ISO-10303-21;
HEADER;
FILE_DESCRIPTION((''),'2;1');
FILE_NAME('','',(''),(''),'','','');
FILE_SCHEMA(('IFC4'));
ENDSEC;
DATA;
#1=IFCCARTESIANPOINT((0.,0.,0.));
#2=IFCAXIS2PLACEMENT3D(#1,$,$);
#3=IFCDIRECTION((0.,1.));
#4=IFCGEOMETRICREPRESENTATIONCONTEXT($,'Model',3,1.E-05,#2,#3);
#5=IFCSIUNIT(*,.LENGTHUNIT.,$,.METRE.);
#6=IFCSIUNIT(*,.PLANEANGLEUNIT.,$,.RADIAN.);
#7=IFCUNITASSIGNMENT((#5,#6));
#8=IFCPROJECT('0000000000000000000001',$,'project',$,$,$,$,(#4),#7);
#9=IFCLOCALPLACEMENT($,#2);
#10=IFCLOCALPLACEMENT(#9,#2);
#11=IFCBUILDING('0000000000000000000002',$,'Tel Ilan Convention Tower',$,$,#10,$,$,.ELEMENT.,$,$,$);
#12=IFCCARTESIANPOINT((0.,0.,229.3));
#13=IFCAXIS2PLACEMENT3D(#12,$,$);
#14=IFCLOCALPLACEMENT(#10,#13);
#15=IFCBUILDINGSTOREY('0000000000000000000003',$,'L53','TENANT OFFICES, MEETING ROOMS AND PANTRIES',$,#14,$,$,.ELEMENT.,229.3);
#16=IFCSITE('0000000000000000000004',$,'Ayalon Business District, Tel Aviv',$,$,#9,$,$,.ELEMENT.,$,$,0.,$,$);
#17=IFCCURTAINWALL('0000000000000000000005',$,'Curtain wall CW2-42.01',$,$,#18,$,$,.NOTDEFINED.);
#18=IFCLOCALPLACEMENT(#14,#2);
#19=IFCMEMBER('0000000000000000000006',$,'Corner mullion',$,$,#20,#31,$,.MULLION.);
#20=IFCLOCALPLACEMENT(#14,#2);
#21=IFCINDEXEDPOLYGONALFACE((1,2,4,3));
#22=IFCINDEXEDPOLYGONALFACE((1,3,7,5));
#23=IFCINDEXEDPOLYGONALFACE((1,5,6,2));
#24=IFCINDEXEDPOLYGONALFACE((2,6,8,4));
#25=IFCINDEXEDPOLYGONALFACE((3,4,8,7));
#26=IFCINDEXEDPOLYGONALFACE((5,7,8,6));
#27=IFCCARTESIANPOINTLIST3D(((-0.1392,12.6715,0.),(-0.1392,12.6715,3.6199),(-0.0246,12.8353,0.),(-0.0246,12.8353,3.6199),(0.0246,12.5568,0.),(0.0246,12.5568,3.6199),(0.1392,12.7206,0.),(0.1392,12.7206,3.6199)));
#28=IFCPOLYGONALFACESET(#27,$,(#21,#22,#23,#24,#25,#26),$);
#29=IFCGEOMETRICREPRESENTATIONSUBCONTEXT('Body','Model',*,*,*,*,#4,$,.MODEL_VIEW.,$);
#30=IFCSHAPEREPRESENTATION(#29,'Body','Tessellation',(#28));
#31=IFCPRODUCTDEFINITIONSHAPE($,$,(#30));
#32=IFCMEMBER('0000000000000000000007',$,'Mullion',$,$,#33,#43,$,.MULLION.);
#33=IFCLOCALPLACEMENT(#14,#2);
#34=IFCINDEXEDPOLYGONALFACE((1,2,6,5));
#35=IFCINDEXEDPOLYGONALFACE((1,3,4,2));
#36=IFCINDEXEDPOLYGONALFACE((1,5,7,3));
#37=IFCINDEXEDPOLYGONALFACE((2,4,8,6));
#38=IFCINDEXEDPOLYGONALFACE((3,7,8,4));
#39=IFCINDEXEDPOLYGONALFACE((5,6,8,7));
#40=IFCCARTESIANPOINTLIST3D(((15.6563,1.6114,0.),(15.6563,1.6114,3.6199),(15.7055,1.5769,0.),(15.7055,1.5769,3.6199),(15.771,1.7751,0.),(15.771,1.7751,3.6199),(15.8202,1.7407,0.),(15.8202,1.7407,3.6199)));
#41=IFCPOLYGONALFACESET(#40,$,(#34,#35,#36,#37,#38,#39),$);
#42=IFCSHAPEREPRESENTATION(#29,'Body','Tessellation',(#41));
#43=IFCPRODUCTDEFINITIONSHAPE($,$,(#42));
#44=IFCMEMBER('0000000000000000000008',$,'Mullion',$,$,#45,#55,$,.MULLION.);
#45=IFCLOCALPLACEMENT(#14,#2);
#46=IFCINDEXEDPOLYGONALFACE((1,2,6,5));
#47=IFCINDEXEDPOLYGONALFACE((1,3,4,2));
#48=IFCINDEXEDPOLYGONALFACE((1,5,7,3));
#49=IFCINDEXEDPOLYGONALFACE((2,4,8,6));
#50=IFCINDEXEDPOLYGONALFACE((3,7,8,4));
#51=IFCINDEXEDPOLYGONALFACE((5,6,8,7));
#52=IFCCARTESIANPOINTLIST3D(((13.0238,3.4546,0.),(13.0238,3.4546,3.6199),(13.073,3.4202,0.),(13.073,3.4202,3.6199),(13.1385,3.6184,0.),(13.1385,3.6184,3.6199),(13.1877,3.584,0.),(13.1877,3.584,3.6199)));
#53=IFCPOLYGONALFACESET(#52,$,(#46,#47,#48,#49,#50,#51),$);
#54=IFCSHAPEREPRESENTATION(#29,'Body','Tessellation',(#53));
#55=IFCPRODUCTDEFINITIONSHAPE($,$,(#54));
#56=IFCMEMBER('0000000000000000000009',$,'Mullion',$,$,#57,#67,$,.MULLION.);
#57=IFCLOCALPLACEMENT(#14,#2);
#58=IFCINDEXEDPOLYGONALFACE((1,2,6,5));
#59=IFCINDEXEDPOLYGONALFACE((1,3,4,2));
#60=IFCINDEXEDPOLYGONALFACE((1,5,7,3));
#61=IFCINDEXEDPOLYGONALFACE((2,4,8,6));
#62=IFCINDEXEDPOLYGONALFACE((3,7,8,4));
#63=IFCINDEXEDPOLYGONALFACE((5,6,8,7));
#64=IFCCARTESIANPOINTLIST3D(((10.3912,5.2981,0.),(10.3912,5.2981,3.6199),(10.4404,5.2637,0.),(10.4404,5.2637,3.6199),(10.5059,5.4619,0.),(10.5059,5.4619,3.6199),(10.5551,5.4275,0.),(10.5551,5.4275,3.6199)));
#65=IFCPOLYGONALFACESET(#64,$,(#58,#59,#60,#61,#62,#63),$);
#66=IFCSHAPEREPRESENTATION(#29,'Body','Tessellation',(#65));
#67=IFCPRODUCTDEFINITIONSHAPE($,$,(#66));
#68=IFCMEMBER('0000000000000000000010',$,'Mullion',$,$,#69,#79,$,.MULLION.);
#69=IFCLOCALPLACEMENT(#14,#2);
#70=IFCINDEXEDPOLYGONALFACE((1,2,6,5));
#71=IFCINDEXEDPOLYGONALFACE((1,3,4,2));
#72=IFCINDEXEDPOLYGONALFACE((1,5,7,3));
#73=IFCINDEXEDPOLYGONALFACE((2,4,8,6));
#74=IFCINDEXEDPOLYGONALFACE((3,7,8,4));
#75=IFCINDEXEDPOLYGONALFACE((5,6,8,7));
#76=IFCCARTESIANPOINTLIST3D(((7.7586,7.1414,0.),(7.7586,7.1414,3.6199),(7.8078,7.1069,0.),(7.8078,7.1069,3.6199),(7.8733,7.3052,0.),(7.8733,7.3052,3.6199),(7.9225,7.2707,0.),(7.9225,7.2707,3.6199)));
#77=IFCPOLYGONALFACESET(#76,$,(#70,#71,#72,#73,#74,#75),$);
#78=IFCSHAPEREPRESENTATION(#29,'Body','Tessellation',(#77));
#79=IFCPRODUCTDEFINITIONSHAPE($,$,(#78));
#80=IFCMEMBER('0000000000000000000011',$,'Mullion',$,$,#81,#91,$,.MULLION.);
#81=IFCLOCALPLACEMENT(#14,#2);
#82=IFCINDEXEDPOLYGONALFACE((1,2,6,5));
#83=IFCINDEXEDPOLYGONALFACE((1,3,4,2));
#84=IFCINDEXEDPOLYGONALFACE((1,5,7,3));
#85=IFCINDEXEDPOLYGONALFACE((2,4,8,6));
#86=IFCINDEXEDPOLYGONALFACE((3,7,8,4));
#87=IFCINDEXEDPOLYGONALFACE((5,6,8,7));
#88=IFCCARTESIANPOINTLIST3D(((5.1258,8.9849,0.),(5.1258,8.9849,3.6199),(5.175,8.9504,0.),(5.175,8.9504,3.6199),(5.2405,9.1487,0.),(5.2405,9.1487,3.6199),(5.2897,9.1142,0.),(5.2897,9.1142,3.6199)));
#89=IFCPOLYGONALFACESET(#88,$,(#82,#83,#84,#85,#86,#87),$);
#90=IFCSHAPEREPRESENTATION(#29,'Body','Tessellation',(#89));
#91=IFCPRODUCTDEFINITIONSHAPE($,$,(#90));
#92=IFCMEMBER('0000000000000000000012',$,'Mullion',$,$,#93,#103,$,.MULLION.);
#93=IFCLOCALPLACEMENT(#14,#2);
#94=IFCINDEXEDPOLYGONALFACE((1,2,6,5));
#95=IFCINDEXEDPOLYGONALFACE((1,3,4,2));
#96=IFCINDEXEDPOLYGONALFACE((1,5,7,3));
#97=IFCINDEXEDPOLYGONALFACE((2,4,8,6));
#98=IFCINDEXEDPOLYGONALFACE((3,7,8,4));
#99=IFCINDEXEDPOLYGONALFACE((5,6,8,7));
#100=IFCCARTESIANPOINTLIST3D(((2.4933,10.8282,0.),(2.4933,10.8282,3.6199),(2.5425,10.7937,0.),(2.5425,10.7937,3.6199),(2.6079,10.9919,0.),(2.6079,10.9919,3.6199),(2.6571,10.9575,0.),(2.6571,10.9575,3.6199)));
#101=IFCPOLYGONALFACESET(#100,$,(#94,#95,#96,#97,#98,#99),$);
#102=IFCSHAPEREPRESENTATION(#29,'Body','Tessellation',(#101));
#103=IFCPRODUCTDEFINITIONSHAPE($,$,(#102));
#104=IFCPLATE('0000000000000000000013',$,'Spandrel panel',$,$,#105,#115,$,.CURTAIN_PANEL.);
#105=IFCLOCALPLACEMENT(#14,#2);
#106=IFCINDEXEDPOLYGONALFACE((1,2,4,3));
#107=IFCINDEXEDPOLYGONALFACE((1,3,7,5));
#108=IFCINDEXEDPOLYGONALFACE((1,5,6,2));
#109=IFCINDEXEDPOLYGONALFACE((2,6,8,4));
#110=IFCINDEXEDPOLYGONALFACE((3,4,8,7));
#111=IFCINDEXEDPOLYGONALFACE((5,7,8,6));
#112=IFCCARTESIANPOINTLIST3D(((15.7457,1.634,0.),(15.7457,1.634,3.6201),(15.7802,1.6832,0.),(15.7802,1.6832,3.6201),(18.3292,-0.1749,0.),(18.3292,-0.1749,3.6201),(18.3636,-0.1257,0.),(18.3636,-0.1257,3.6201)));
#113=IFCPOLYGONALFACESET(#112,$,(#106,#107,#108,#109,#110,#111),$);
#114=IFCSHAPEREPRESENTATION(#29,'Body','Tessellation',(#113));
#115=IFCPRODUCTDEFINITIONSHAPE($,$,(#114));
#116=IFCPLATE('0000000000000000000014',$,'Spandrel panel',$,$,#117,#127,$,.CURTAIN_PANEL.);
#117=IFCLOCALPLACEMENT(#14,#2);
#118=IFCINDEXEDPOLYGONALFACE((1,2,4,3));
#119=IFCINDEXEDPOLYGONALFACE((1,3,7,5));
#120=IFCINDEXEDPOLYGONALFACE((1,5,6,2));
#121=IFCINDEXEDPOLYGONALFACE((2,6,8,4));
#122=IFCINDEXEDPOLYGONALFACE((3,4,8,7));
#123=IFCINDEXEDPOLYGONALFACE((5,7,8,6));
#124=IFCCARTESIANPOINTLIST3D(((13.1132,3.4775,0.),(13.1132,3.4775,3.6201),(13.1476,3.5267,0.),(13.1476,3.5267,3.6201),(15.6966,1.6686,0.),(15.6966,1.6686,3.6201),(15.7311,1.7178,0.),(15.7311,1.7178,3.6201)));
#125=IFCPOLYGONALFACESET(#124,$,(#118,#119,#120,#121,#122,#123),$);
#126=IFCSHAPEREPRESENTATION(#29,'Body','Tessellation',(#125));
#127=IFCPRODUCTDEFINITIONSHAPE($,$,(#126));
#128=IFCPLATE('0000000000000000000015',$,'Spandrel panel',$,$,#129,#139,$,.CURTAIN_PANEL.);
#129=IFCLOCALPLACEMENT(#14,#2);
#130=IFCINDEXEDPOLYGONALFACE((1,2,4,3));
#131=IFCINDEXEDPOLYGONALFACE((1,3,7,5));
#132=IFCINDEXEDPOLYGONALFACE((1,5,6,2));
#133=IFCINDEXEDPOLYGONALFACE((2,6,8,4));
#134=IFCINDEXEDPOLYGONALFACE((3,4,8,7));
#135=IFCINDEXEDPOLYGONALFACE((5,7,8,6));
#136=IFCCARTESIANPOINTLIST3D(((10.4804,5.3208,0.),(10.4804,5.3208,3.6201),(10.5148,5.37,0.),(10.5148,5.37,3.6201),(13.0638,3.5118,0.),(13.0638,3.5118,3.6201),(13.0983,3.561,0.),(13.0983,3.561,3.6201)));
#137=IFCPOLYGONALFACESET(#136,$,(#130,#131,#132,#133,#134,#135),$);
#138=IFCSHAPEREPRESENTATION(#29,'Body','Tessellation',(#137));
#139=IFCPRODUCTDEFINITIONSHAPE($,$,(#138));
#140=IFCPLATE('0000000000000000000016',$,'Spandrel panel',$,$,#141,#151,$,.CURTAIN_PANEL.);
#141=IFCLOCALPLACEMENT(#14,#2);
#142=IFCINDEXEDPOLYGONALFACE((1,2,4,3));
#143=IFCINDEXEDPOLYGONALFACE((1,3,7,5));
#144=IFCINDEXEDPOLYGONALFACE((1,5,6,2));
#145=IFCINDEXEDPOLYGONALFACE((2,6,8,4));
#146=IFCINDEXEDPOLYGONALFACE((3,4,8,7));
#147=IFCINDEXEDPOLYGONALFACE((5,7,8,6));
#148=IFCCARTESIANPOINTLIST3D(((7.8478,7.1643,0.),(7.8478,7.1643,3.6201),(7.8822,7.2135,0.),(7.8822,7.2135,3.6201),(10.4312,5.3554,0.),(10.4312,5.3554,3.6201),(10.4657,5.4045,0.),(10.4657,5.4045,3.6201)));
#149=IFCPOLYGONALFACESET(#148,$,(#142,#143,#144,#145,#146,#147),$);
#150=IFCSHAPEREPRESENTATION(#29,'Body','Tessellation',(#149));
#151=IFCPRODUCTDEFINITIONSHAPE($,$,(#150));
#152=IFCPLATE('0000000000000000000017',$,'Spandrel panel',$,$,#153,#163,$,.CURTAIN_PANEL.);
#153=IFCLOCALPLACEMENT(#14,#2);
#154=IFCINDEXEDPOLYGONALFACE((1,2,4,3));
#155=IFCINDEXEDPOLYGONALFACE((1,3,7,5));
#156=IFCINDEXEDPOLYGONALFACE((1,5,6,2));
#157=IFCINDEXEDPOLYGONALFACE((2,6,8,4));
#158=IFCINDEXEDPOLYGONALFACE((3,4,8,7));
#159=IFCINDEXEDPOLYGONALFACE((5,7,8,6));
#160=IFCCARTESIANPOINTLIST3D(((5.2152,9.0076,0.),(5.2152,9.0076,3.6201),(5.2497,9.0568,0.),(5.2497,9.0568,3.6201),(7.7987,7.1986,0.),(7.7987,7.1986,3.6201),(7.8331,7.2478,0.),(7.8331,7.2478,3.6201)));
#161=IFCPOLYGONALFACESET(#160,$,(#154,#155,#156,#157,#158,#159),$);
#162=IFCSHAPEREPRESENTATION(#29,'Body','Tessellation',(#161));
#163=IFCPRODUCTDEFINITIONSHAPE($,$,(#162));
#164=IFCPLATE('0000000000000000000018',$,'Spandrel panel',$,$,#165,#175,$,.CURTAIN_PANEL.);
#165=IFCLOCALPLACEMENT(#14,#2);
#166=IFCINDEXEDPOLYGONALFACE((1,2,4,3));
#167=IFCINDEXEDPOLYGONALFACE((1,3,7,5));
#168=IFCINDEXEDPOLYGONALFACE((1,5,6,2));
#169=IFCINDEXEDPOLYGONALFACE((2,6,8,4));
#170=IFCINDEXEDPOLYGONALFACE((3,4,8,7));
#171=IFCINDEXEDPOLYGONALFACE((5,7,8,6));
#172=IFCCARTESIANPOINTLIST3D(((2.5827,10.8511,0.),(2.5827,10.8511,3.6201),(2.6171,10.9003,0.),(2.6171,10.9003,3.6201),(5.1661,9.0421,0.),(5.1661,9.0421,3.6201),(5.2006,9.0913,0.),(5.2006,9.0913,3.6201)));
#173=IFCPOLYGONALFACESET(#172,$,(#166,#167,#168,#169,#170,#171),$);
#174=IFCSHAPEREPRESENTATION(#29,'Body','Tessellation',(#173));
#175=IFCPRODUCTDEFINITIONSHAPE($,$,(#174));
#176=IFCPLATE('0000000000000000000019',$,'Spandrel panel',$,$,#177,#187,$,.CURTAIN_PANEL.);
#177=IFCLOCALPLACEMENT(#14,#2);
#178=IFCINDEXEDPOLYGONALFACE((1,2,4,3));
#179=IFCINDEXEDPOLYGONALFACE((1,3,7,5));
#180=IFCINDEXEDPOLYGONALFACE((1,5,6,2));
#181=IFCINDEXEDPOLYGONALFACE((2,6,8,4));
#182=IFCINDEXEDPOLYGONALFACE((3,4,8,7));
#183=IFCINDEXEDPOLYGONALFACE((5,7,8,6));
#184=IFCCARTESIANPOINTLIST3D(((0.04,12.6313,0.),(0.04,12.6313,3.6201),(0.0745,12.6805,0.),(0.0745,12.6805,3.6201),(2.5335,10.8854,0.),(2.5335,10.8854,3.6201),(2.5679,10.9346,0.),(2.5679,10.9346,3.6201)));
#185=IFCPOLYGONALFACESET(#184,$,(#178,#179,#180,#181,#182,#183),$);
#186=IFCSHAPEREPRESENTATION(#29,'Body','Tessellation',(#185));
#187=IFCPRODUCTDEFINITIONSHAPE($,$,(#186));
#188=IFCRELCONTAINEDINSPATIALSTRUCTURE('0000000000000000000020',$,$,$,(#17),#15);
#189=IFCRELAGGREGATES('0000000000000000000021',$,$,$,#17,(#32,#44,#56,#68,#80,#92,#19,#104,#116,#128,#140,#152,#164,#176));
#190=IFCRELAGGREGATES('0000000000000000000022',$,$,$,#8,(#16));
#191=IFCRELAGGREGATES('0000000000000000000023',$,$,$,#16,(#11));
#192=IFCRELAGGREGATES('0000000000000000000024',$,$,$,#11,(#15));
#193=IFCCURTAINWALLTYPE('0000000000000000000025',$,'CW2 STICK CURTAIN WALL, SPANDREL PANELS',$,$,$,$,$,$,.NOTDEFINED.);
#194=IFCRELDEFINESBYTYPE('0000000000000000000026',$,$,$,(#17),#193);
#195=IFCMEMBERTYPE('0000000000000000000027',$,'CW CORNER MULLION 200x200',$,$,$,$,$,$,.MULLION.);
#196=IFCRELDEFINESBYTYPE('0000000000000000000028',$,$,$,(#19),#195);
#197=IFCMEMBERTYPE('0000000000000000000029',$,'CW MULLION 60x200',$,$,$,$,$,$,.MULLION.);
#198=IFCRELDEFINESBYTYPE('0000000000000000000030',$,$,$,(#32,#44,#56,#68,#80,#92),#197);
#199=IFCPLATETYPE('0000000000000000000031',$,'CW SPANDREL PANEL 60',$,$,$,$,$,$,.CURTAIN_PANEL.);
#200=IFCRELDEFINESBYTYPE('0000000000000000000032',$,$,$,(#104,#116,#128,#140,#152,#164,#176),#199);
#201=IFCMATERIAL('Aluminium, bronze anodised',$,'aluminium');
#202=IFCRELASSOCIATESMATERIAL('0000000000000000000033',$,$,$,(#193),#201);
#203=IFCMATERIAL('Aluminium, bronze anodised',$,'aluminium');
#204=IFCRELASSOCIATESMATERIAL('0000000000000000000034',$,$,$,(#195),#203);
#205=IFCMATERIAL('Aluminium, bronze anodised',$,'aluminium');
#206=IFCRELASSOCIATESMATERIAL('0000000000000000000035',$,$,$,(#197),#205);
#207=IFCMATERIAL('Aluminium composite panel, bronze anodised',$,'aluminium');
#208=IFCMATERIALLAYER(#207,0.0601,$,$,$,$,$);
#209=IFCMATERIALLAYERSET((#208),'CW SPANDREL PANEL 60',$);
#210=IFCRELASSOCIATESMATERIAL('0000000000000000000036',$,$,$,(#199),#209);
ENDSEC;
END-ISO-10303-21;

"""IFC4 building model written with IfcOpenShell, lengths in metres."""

from ifc_helpers import new_model, si_unit, direction, frame, origin, origin_2d, place, context, subcontext, project, spatial, rectangle, extrude, material, layer, layer_set, material_profile, profile_set, type_object, element, aggregate, save


model = new_model("IFC4")

# Units and contexts
model_context = context("Model", 3, precision=1e-05, world=origin(), true_north=direction((0.0, 1.0)))
body_context = subcontext(model_context, "Body", "Model", "MODEL_VIEW")
ifc_project = project(units=[si_unit("LENGTHUNIT", "METRE"), si_unit("PLANEANGLEUNIT", "RADIAN")], contexts=[model_context])

# Site, building, storey
site_placement = place(None, origin())
site = spatial("IfcSite", under=ifc_project, at=site_placement, Name="Ayalon Business District, Tel Aviv", CompositionType="ELEMENT", RefElevation=0.0)
building_placement = place(site_placement, origin())
building = spatial("IfcBuilding", under=site, at=building_placement, Name="Tel Ilan Convention Tower", CompositionType="ELEMENT")
storey_placement = place(building_placement, frame((0.0, 0.0, 229.3)))
storey = spatial("IfcBuildingStorey", under=building, at=storey_placement, Name="L53", Description="TENANT OFFICES, MEETING ROOMS AND PANTRIES", CompositionType="ELEMENT", Elevation=229.3)

# Curtain wall, members, plates
ifc_material_1 = material(Name="Aluminium, bronze anodised", Category="aluminium")
curtain_wall_type = type_object("IfcCurtainWallType", Name="CW2 STICK CURTAIN WALL, SPANDREL PANELS", PredefinedType="NOTDEFINED", material=ifc_material_1)
curtain_wall_placement = place(storey_placement, origin())
curtain_wall = element("IfcCurtainWall", 1, at=curtain_wall_placement, inside=storey, type_object=curtain_wall_type, Name="Curtain wall CW2-42.01", PredefinedType="NOTDEFINED")
ifc_material_2 = material(Name="Aluminium, bronze anodised", Category="aluminium")
ifc_material_profile_1 = material_profile(ifc_material_2, rectangle(XDim=0.2, YDim=0.2, at=origin_2d()), Name="CW CORNER MULLION 200x200")
ifc_profile_set_1 = profile_set([ifc_material_profile_1], Name="Aluminium, bronze anodised")
member_type_1 = type_object("IfcMemberType", Name="CW CORNER MULLION 200x200", PredefinedType="MULLION", material=ifc_profile_set_1)
member_1_placement = place(storey_placement, frame((0.0, 12.696, 0.0), z_axis=(0.0, 0.0, 1.0), x_axis=(-0.819152, 0.573576, 0.0)))
member_1 = element("IfcMember", 2, at=member_1_placement, type_object=member_type_1, Name="Corner mullion", PredefinedType="MULLION", context=body_context, shape_type="SweptSolid", body=[
    extrude(rectangle(XDim=0.2, YDim=0.2, at=origin_2d()), origin(), (0.0, 0.0, 1.0), 3.6199),
])
ifc_material_3 = material(Name="Aluminium, bronze anodised", Category="aluminium")
ifc_material_profile_2 = material_profile(ifc_material_3, rectangle(XDim=0.0601, YDim=0.2, at=origin_2d()), Name="CW MULLION 60x200")
ifc_profile_set_2 = profile_set([ifc_material_profile_2], Name="Aluminium, bronze anodised")
member_type_2 = type_object("IfcMemberType", Name="CW MULLION 60x200", PredefinedType="MULLION", material=ifc_profile_set_2)
member_2_placement = place(storey_placement, frame((15.7383, 1.676, 0.0), z_axis=(0.0, 0.0, 1.0), x_axis=(-0.819152, 0.573576, 0.0)))
member_2 = element("IfcMember", 3, at=member_2_placement, type_object=member_type_2, Name="Mullion", PredefinedType="MULLION", context=body_context, shape_type="SweptSolid", body=[
    extrude(rectangle(XDim=0.0601, YDim=0.2, at=origin_2d()), origin(), (0.0, 0.0, 1.0), 3.6199),
])
member_3_placement = place(storey_placement, frame((13.1057, 3.5193, 0.0), z_axis=(0.0, 0.0, 1.0), x_axis=(-0.819152, 0.573576, 0.0)))
member_3 = element("IfcMember", 4, at=member_3_placement, type_object=member_type_2, Name="Mullion", PredefinedType="MULLION", context=body_context, shape_type="SweptSolid", body=[
    extrude(rectangle(XDim=0.0601, YDim=0.2, at=origin_2d()), origin(), (0.0, 0.0, 1.0), 3.6199),
])
member_4_placement = place(storey_placement, frame((10.4731, 5.3628, 0.0), z_axis=(0.0, 0.0, 1.0), x_axis=(-0.819152, 0.573576, 0.0)))
member_4 = element("IfcMember", 5, at=member_4_placement, type_object=member_type_2, Name="Mullion", PredefinedType="MULLION", context=body_context, shape_type="SweptSolid", body=[
    extrude(rectangle(XDim=0.0601, YDim=0.2, at=origin_2d()), origin(), (0.0, 0.0, 1.0), 3.6199),
])
member_5_placement = place(storey_placement, frame((7.8406, 7.2061, 0.0), z_axis=(0.0, 0.0, 1.0), x_axis=(-0.819152, 0.573576, 0.0)))
member_5 = element("IfcMember", 6, at=member_5_placement, type_object=member_type_2, Name="Mullion", PredefinedType="MULLION", context=body_context, shape_type="SweptSolid", body=[
    extrude(rectangle(XDim=0.0601, YDim=0.2, at=origin_2d()), origin(), (0.0, 0.0, 1.0), 3.6199),
])
member_6_placement = place(storey_placement, frame((5.2078, 9.0496, 0.0), z_axis=(0.0, 0.0, 1.0), x_axis=(-0.819152, 0.573576, 0.0)))
member_6 = element("IfcMember", 7, at=member_6_placement, type_object=member_type_2, Name="Mullion", PredefinedType="MULLION", context=body_context, shape_type="SweptSolid", body=[
    extrude(rectangle(XDim=0.0601, YDim=0.2, at=origin_2d()), origin(), (0.0, 0.0, 1.0), 3.6199),
])
member_7_placement = place(storey_placement, frame((2.5752, 10.8928, 0.0), z_axis=(0.0, 0.0, 1.0), x_axis=(-0.819152, 0.573576, 0.0)))
member_7 = element("IfcMember", 8, at=member_7_placement, type_object=member_type_2, Name="Mullion", PredefinedType="MULLION", context=body_context, shape_type="SweptSolid", body=[
    extrude(rectangle(XDim=0.0601, YDim=0.2, at=origin_2d()), origin(), (0.0, 0.0, 1.0), 3.6199),
])
ifc_material_4 = material(Name="Aluminium composite panel, bronze anodised", Category="aluminium")
ifc_layer_1 = layer(ifc_material_4, 0.0601)
ifc_layer_set_1 = layer_set([ifc_layer_1], Name="CW SPANDREL PANEL 60")
plate_type = type_object("IfcPlateType", Name="CW SPANDREL PANEL 60", PredefinedType="CURTAIN_PANEL", material=ifc_layer_set_1)
plate_1_placement = place(storey_placement, frame((17.0547, 0.7542, 0.0), z_axis=(0.0, 0.0, 1.0), x_axis=(-0.819152, 0.573576, 0.0)))
plate_1 = element("IfcPlate", 9, at=plate_1_placement, type_object=plate_type, Name="Spandrel panel", PredefinedType="CURTAIN_PANEL", context=body_context, shape_type="SweptSolid", body=[
    extrude(rectangle(XDim=3.1538, YDim=0.0601, at=origin_2d()), origin(), (0.0, 0.0, 1.0), 3.6201),
])
plate_2_placement = place(storey_placement, frame((14.4221, 2.5977, 0.0), z_axis=(0.0, 0.0, 1.0), x_axis=(-0.819152, 0.573576, 0.0)))
plate_2 = element("IfcPlate", 10, at=plate_2_placement, type_object=plate_type, Name="Spandrel panel", PredefinedType="CURTAIN_PANEL", context=body_context, shape_type="SweptSolid", body=[
    extrude(rectangle(XDim=3.1538, YDim=0.0601, at=origin_2d()), origin(), (0.0, 0.0, 1.0), 3.6201),
])
plate_3_placement = place(storey_placement, frame((11.7893, 4.4409, 0.0), z_axis=(0.0, 0.0, 1.0), x_axis=(-0.819152, 0.573576, 0.0)))
plate_3 = element("IfcPlate", 11, at=plate_3_placement, type_object=plate_type, Name="Spandrel panel", PredefinedType="CURTAIN_PANEL", context=body_context, shape_type="SweptSolid", body=[
    extrude(rectangle(XDim=3.1538, YDim=0.0601, at=origin_2d()), origin(), (0.0, 0.0, 1.0), 3.6201),
])
plate_4_placement = place(storey_placement, frame((9.1567, 6.2844, 0.0), z_axis=(0.0, 0.0, 1.0), x_axis=(-0.819152, 0.573576, 0.0)))
plate_4 = element("IfcPlate", 12, at=plate_4_placement, type_object=plate_type, Name="Spandrel panel", PredefinedType="CURTAIN_PANEL", context=body_context, shape_type="SweptSolid", body=[
    extrude(rectangle(XDim=3.1538, YDim=0.0601, at=origin_2d()), origin(), (0.0, 0.0, 1.0), 3.6201),
])
plate_5_placement = place(storey_placement, frame((6.5242, 8.1277, 0.0), z_axis=(0.0, 0.0, 1.0), x_axis=(-0.819152, 0.573576, 0.0)))
plate_5 = element("IfcPlate", 13, at=plate_5_placement, type_object=plate_type, Name="Spandrel panel", PredefinedType="CURTAIN_PANEL", context=body_context, shape_type="SweptSolid", body=[
    extrude(rectangle(XDim=3.1538, YDim=0.0601, at=origin_2d()), origin(), (0.0, 0.0, 1.0), 3.6201),
])
plate_6_placement = place(storey_placement, frame((3.8916, 9.9712, 0.0), z_axis=(0.0, 0.0, 1.0), x_axis=(-0.819152, 0.573576, 0.0)))
plate_6 = element("IfcPlate", 14, at=plate_6_placement, type_object=plate_type, Name="Spandrel panel", PredefinedType="CURTAIN_PANEL", context=body_context, shape_type="SweptSolid", body=[
    extrude(rectangle(XDim=3.1538, YDim=0.0601, at=origin_2d()), origin(), (0.0, 0.0, 1.0), 3.6201),
])
plate_7_placement = place(storey_placement, frame((1.304, 11.783, 0.0), z_axis=(0.0, 0.0, 1.0), x_axis=(-0.819152, 0.573576, 0.0)))
plate_7 = element("IfcPlate", 15, at=plate_7_placement, type_object=plate_type, Name="Spandrel panel", PredefinedType="CURTAIN_PANEL", context=body_context, shape_type="SweptSolid", body=[
    extrude(rectangle(XDim=3.0439, YDim=0.0601, at=origin_2d()), origin(), (0.0, 0.0, 1.0), 3.6201),
])
aggregate(curtain_wall, [member_2, member_3, member_4, member_5, member_6, member_7, member_1, plate_1, plate_2, plate_3, plate_4, plate_5, plate_6, plate_7])

save(model, "model.ifc")
